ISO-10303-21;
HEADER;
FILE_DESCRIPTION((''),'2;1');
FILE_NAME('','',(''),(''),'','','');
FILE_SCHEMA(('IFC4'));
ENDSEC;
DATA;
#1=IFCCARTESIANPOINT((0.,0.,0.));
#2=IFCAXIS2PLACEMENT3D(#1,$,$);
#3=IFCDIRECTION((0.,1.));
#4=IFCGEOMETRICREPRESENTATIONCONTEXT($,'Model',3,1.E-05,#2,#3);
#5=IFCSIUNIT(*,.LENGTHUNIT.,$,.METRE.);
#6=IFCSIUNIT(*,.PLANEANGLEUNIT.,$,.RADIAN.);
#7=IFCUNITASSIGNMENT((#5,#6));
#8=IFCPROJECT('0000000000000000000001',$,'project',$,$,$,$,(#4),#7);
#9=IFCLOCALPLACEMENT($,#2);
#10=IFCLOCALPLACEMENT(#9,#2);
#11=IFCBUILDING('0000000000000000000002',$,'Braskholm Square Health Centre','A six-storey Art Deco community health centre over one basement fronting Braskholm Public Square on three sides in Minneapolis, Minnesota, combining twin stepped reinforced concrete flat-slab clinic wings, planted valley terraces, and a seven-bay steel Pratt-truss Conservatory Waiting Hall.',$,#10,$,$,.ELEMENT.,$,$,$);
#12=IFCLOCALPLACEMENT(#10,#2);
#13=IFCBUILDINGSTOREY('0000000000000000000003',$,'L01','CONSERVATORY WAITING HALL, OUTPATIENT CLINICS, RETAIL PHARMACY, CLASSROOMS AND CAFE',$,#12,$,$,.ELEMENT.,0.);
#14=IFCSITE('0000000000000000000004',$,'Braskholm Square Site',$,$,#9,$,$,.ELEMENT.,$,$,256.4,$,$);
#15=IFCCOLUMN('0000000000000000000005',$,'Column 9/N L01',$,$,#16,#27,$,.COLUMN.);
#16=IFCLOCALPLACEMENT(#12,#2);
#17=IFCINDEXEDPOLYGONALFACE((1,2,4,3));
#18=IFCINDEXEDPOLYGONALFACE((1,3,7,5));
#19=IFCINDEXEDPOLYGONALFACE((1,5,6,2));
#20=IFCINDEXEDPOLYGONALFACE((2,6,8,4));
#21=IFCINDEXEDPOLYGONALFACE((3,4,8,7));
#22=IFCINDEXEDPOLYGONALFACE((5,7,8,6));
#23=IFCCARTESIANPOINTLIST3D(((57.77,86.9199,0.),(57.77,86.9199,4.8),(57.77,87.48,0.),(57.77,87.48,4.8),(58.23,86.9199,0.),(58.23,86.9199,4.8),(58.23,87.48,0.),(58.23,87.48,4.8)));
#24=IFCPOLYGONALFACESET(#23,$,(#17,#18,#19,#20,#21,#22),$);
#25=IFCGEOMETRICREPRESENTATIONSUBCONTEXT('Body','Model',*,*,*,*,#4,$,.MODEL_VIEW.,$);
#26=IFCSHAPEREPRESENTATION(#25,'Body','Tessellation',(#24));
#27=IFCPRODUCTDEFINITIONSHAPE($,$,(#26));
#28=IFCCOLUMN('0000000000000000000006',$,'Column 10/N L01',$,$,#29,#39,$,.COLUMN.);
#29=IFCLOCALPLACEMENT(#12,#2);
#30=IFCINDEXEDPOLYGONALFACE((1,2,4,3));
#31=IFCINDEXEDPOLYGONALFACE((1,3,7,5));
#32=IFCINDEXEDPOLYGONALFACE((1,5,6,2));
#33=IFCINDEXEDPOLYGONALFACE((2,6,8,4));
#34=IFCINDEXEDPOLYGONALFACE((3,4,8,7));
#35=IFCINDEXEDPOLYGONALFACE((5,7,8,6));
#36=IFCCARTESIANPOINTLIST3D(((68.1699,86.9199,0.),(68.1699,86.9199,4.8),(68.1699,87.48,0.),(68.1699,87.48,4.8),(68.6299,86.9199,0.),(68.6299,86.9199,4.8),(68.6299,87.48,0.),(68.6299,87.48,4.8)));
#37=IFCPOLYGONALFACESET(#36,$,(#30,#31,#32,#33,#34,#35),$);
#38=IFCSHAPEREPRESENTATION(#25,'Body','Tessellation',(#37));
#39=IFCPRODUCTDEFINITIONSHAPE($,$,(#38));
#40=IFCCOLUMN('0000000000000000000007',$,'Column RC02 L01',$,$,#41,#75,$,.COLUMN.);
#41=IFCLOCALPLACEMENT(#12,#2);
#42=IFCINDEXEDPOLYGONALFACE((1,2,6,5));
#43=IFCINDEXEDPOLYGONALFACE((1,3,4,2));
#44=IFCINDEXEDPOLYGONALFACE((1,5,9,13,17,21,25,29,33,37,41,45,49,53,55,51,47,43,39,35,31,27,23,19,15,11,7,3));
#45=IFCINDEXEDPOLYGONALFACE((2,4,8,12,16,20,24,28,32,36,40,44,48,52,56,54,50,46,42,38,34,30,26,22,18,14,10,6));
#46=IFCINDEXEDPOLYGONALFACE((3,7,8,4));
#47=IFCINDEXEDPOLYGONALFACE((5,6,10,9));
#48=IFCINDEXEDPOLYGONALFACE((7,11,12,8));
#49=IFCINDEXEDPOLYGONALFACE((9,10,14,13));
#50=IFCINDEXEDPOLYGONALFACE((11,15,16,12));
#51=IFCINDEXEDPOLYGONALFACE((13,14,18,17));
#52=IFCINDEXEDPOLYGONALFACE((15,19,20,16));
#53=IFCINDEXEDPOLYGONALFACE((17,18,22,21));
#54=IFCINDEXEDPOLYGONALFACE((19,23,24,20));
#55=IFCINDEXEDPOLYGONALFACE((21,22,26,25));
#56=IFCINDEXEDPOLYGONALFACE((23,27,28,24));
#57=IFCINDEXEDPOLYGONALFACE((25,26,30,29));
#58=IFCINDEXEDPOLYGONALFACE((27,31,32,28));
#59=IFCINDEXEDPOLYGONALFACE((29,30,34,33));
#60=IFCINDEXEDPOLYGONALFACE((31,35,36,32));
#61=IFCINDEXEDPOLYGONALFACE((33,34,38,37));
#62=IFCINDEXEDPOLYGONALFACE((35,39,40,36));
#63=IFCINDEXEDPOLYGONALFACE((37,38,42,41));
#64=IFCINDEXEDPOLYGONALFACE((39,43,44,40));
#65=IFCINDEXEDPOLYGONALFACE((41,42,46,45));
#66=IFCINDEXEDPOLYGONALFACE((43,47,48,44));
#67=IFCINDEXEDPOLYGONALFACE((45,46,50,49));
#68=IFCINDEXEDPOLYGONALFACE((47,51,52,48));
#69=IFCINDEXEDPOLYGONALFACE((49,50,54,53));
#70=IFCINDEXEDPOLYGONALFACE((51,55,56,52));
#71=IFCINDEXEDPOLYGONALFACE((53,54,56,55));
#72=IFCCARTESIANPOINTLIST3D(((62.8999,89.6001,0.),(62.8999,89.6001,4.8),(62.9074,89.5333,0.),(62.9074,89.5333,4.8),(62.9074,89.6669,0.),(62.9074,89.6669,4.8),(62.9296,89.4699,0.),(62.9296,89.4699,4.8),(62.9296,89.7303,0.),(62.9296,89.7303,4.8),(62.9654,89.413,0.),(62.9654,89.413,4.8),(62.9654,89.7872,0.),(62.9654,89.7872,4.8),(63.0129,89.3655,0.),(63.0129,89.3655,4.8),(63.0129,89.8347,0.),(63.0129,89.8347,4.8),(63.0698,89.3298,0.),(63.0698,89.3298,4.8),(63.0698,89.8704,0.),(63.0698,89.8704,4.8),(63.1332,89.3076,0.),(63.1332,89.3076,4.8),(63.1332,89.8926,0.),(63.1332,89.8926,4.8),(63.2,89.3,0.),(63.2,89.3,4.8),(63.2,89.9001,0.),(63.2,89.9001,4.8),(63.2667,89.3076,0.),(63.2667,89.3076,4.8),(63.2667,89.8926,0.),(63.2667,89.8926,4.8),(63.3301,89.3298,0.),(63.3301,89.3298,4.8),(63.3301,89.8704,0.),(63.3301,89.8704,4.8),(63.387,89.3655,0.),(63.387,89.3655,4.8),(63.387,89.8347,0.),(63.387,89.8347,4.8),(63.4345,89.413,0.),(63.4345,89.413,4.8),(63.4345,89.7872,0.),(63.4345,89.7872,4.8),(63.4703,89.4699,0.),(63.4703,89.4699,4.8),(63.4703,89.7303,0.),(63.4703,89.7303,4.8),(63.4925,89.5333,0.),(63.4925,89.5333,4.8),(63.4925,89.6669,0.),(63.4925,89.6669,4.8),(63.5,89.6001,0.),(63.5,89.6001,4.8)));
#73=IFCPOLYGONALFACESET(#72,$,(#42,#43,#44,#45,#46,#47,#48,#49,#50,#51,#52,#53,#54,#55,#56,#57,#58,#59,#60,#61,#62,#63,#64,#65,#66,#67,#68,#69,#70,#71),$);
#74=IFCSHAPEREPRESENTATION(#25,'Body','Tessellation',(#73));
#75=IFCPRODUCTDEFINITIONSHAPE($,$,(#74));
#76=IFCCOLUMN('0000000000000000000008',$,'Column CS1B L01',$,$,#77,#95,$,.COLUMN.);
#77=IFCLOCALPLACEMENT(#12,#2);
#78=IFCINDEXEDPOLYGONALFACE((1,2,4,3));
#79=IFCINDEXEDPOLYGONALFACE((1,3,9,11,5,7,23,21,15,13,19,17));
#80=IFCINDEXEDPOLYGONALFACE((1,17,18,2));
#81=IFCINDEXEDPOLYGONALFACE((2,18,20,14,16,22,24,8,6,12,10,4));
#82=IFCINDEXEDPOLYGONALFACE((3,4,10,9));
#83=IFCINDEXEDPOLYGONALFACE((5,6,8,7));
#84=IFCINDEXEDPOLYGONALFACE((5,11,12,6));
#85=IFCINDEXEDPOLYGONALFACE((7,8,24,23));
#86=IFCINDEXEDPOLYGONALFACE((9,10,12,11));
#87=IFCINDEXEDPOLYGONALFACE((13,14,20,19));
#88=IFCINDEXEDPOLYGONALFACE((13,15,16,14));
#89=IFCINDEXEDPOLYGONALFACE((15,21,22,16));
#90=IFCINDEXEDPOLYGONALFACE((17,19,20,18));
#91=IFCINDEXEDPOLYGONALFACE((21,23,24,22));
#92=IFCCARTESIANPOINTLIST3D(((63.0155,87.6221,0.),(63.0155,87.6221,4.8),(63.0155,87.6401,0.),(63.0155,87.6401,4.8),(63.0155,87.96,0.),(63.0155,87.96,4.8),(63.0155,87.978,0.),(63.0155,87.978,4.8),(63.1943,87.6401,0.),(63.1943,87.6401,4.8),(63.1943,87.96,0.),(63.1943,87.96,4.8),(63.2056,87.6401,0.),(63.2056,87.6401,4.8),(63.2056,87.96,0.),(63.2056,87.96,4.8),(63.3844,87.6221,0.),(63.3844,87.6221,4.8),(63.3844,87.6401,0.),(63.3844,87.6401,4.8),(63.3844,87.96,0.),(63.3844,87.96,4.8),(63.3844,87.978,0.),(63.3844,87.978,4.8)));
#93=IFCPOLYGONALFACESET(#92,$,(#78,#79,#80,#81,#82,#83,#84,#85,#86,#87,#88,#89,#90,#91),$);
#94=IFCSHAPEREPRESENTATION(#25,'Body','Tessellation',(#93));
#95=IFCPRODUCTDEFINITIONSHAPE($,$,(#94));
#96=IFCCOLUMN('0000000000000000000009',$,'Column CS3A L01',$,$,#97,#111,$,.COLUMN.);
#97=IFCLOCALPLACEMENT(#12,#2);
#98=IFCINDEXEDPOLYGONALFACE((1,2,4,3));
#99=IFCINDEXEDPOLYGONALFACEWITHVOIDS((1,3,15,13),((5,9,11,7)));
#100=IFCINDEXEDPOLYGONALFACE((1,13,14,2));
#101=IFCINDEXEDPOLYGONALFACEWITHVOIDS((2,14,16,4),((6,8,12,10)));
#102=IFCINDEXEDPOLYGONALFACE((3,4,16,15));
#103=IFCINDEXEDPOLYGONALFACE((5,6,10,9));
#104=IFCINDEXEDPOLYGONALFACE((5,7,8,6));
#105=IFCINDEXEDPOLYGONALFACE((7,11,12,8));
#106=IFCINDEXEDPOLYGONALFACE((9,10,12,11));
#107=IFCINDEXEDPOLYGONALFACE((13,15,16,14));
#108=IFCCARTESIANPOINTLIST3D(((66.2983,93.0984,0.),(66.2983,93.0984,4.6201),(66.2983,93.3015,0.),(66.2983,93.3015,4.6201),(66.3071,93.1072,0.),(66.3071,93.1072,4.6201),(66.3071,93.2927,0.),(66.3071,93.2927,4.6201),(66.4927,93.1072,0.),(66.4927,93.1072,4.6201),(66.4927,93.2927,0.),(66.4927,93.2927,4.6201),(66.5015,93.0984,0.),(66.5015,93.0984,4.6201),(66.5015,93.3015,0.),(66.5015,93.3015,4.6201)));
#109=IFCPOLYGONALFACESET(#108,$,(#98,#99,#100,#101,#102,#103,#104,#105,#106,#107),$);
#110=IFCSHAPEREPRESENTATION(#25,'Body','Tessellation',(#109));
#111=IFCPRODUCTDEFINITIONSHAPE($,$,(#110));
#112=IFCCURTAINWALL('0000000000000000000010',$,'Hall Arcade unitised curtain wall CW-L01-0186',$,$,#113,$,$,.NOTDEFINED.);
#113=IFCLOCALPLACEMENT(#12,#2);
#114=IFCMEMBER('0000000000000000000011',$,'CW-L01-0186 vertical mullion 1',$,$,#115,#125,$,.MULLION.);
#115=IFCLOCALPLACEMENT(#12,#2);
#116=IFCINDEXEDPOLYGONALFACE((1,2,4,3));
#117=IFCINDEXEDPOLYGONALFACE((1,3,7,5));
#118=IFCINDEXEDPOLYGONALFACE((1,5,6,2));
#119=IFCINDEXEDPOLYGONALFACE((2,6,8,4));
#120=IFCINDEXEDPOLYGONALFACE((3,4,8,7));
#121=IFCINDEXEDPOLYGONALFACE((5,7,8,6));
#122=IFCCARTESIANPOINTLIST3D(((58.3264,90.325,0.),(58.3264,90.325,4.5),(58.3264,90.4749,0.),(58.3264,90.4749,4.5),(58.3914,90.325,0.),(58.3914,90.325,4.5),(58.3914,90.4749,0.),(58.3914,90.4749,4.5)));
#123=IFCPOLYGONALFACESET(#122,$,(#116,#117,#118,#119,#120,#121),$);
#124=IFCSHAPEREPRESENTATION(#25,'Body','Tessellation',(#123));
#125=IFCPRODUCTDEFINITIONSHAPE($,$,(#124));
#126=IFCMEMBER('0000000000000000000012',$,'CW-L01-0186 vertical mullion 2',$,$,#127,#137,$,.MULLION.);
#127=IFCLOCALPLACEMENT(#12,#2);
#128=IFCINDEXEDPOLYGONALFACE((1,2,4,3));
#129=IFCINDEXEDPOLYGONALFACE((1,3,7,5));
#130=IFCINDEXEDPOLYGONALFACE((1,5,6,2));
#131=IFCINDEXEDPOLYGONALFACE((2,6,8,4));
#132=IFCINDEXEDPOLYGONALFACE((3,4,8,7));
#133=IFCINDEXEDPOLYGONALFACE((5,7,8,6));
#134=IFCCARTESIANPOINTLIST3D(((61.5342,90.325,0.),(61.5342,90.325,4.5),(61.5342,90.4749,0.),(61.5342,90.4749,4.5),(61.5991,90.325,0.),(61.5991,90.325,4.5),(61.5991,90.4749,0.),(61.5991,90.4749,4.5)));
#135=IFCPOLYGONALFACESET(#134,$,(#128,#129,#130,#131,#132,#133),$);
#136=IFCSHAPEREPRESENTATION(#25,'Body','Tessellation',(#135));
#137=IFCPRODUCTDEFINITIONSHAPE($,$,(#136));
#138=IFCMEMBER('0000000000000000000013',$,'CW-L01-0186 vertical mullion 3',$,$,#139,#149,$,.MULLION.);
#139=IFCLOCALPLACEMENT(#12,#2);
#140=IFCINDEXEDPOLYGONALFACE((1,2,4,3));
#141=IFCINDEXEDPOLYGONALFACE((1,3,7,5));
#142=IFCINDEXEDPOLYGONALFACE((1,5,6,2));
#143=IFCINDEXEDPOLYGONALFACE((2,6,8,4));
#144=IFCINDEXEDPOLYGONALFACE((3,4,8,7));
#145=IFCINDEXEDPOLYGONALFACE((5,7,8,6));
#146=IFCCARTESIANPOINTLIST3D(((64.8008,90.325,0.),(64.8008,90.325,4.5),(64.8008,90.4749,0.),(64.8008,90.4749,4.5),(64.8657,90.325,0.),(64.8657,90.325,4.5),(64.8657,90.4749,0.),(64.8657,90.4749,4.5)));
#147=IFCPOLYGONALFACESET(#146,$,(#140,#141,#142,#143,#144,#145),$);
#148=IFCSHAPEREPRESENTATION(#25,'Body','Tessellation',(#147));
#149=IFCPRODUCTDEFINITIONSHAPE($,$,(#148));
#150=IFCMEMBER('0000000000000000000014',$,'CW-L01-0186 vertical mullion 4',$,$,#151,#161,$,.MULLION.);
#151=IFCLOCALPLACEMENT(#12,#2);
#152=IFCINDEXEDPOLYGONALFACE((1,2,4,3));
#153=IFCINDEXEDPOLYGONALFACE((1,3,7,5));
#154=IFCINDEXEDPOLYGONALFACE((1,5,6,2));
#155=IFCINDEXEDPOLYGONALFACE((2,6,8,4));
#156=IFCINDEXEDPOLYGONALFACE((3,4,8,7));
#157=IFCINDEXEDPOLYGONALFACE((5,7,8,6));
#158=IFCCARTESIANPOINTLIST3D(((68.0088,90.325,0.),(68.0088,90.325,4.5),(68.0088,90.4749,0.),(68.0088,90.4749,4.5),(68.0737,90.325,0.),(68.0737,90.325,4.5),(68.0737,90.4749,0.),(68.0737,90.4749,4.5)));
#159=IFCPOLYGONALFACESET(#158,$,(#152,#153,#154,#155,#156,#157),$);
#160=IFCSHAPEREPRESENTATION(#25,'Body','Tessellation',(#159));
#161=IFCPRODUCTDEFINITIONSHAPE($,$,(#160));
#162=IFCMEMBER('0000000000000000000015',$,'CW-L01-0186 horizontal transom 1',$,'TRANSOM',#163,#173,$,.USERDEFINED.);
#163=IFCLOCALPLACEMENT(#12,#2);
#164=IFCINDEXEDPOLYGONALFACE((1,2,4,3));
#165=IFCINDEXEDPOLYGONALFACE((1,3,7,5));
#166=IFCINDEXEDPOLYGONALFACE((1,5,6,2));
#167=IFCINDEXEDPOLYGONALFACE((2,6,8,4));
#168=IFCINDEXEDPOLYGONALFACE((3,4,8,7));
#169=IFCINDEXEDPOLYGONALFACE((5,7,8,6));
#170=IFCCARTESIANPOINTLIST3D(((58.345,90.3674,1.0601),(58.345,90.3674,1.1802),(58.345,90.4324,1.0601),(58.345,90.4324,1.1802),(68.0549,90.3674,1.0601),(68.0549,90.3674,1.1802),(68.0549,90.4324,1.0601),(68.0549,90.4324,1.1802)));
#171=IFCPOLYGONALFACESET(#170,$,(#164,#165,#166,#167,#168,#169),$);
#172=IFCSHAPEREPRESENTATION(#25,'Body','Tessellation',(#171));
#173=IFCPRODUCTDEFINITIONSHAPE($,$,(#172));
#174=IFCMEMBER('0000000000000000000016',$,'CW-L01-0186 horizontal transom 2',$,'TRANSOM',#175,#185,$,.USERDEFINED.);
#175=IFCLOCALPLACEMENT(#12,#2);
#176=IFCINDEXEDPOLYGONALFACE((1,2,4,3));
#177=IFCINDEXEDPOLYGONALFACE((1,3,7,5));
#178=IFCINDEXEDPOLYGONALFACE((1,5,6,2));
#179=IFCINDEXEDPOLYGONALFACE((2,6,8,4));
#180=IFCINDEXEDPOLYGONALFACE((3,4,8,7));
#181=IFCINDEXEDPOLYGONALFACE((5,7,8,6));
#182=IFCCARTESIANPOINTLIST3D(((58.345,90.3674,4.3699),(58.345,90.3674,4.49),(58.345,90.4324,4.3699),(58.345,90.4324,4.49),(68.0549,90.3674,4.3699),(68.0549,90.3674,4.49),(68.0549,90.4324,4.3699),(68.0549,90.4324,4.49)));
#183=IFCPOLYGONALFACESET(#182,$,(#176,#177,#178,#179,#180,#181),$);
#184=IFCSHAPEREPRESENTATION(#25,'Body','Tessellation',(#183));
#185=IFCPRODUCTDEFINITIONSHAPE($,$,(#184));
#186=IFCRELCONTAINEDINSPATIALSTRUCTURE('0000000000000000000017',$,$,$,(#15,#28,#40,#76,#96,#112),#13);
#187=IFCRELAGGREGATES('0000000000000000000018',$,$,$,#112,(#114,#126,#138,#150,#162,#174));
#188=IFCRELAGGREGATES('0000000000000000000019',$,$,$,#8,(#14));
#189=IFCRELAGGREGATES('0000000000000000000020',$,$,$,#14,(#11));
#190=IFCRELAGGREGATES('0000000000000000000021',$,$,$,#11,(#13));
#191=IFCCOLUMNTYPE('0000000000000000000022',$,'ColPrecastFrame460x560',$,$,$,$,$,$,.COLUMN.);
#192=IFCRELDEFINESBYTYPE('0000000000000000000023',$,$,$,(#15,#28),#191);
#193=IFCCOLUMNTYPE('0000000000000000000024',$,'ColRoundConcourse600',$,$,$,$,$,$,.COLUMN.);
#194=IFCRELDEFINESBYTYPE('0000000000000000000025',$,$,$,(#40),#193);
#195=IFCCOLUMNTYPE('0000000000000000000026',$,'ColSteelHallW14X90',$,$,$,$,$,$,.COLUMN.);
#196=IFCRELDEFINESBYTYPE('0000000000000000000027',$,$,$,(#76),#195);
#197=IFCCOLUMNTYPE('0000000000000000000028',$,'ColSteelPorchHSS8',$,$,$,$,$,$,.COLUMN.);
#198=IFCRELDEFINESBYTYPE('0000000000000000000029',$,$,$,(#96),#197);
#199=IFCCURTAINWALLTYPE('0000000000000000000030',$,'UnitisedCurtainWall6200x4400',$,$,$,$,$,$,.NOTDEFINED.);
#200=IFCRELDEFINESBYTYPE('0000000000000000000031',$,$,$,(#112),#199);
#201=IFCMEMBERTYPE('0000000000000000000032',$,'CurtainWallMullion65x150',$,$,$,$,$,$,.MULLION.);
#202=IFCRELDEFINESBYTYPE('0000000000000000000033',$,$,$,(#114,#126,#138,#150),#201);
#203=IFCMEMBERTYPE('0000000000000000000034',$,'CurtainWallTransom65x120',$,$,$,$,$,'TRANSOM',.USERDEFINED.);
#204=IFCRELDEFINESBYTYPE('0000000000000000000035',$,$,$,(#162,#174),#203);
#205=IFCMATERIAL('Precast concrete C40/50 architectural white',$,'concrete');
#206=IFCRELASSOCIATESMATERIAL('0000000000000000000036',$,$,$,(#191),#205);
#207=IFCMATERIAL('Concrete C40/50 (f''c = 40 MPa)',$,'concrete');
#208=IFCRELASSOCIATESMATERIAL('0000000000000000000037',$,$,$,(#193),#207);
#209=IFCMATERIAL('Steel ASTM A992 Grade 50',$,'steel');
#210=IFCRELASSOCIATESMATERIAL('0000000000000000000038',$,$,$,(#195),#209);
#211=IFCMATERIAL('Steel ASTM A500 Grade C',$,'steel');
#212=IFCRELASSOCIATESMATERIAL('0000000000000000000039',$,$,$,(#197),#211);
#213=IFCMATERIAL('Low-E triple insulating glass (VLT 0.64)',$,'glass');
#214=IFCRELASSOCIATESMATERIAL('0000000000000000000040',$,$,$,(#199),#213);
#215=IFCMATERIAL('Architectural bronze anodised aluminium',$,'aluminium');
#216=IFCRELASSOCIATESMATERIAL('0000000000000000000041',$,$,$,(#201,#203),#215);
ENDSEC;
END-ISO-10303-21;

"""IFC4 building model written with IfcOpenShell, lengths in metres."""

from ifc_helpers import new_model, si_unit, direction, frame, origin, origin_2d, place, context, subcontext, project, spatial, rectangle, hollow_rectangle, circle, i_section, extrude, material, material_profile, profile_set, type_object, element, aggregate, save


model = new_model("IFC4")

# Units and contexts
model_context = context("Model", 3, precision=1e-05, world=origin(), true_north=direction((0.0, 1.0)))
body_context = subcontext(model_context, "Body", "Model", "MODEL_VIEW")
ifc_project = project(units=[si_unit("LENGTHUNIT", "METRE"), si_unit("PLANEANGLEUNIT", "RADIAN")], contexts=[model_context])

# Site, building, storey
site_placement = place(None, origin())
site = spatial("IfcSite", under=ifc_project, at=site_placement, Name="Braskholm Square Site", CompositionType="ELEMENT", RefElevation=256.4)
building_placement = place(site_placement, origin())
building = spatial("IfcBuilding", under=site, at=building_placement, Name="Braskholm Square Health Centre", Description="A six-storey Art Deco community health centre over one basement fronting Braskholm Public Square on three sides in Minneapolis, Minnesota, combining twin stepped reinforced concrete flat-slab clinic wings, planted valley terraces, and a seven-bay steel Pratt-truss Conservatory Waiting Hall.", CompositionType="ELEMENT")
storey_placement = place(building_placement, origin())
storey = spatial("IfcBuildingStorey", under=building, at=storey_placement, Name="L01", Description="CONSERVATORY WAITING HALL, OUTPATIENT CLINICS, RETAIL PHARMACY, CLASSROOMS AND CAFE", CompositionType="ELEMENT", Elevation=0.0)

# Columns
ifc_material_1 = material(Name="Precast concrete C40/50 architectural white", Category="concrete")
ifc_material_profile_1 = material_profile(ifc_material_1, rectangle(XDim=0.46, YDim=0.5601, at=origin_2d()), Name="RC-460X560")
ifc_profile_set_1 = profile_set([ifc_material_profile_1], Name="Precast concrete C40/50 architectural white")
column_type_1 = type_object("IfcColumnType", Name="ColPrecastFrame460x560", PredefinedType="COLUMN", material=ifc_profile_set_1)
for number, where, z_axis, x_axis, name in (
    (1, (58.0, 87.2, 0.0), (0.0, 0.0, 1.0), (1.0, 0.0, 0.0), "Column 9/N L01"),
    (2, (68.3999, 87.2, 0.0), (0.0, 0.0, 1.0), (1.0, 0.0, 0.0), "Column 10/N L01"),
):
    element("IfcColumn", number, at=place(storey_placement, frame(where, z_axis=z_axis, x_axis=x_axis)), inside=storey, type_object=column_type_1, Name=name, PredefinedType="COLUMN", context=body_context, shape_type="SweptSolid", body=[
        extrude(rectangle(XDim=0.46, YDim=0.5601, at=origin_2d()), origin(), (0.0, 0.0, 1.0), 4.8),
    ])
ifc_material_2 = material(Name="Concrete C40/50 (f'c = 40 MPa)", Category="concrete")
ifc_material_profile_2 = material_profile(ifc_material_2, circle(Radius=0.3, at=origin_2d()), Name="RC-RND-600")
ifc_profile_set_2 = profile_set([ifc_material_profile_2], Name="Concrete C40/50 (f'c = 40 MPa)")
column_type_2 = type_object("IfcColumnType", Name="ColRoundConcourse600", PredefinedType="COLUMN", material=ifc_profile_set_2)
column_1_placement = place(storey_placement, frame((63.2, 89.6001, 0.0), z_axis=(0.0, 0.0, 1.0), x_axis=(1.0, 0.0, 0.0)))
element("IfcColumn", 3, at=column_1_placement, inside=storey, type_object=column_type_2, Name="Column RC02 L01", PredefinedType="COLUMN", context=body_context, shape_type="SweptSolid", body=[
    extrude(circle(Radius=0.3, at=origin_2d()), origin(), (0.0, 0.0, 1.0), 4.8),
])
ifc_material_3 = material(Name="Steel ASTM A992 Grade 50", Category="steel")
ifc_material_profile_3 = material_profile(ifc_material_3, i_section(OverallWidth=0.3689, OverallDepth=0.356, WebThickness=0.0112, FlangeThickness=0.0181, at=origin_2d()), Name="W14X90")
ifc_profile_set_3 = profile_set([ifc_material_profile_3], Name="Steel ASTM A992 Grade 50")
column_type_3 = type_object("IfcColumnType", Name="ColSteelHallW14X90", PredefinedType="COLUMN", material=ifc_profile_set_3)
column_2_placement = place(storey_placement, frame((63.2, 87.8, 0.0), z_axis=(0.0, 0.0, 1.0), x_axis=(1.0, 0.0, 0.0)))
element("IfcColumn", 4, at=column_2_placement, inside=storey, type_object=column_type_3, Name="Column CS1B L01", PredefinedType="COLUMN", context=body_context, shape_type="SweptSolid", body=[
    extrude(i_section(OverallWidth=0.3689, OverallDepth=0.356, WebThickness=0.0112, FlangeThickness=0.0181, at=origin_2d()), origin(), (0.0, 0.0, 1.0), 4.8),
])
ifc_material_4 = material(Name="Steel ASTM A500 Grade C", Category="steel")
ifc_material_profile_4 = material_profile(ifc_material_4, hollow_rectangle(XDim=0.2031, YDim=0.2031, WallThickness=0.0088, at=origin_2d()), Name="HSS8X8X3/8")
ifc_profile_set_4 = profile_set([ifc_material_profile_4], Name="Steel ASTM A500 Grade C")
column_type_4 = type_object("IfcColumnType", Name="ColSteelPorchHSS8", PredefinedType="COLUMN", material=ifc_profile_set_4)
column_3_placement = place(storey_placement, frame((66.3999, 93.2, 0.0), z_axis=(0.0, 0.0, 1.0), x_axis=(1.0, 0.0, 0.0)))
element("IfcColumn", 5, at=column_3_placement, inside=storey, type_object=column_type_4, Name="Column CS3A L01", PredefinedType="COLUMN", context=body_context, shape_type="SweptSolid", body=[
    extrude(hollow_rectangle(XDim=0.2031, YDim=0.2031, WallThickness=0.0088, at=origin_2d()), origin(), (0.0, 0.0, 1.0), 4.6201),
])

# Curtain wall, members
ifc_material_5 = material(Name="Low-E triple insulating glass (VLT 0.64)", Category="glass")
curtain_wall_type = type_object("IfcCurtainWallType", Name="UnitisedCurtainWall6200x4400", PredefinedType="NOTDEFINED", material=ifc_material_5)
curtain_wall_placement = place(storey_placement, origin())
curtain_wall = element("IfcCurtainWall", 6, at=curtain_wall_placement, inside=storey, type_object=curtain_wall_type, Name="Hall Arcade unitised curtain wall CW-L01-0186", PredefinedType="NOTDEFINED")
ifc_material_6 = material(Name="Architectural bronze anodised aluminium", Category="aluminium")
ifc_material_profile_5 = material_profile(ifc_material_6, rectangle(XDim=0.0649, YDim=0.1499, at=origin_2d()), Name="ALU-65X150")
ifc_profile_set_5 = profile_set([ifc_material_profile_5], Name="Architectural bronze anodised aluminium")
member_type_1 = type_object("IfcMemberType", Name="CurtainWallMullion65x150", PredefinedType="MULLION", material=ifc_profile_set_5)
member_1_placement = place(storey_placement, frame((58.3589, 90.3999, 0.0), z_axis=(0.0, 0.0, 1.0), x_axis=(1.0, 0.0, 0.0)))
member_1 = element("IfcMember", 7, at=member_1_placement, type_object=member_type_1, Name="CW-L01-0186 vertical mullion 1", PredefinedType="MULLION", context=body_context, shape_type="SweptSolid", body=[
    extrude(rectangle(XDim=0.0649, YDim=0.1499, at=origin_2d()), origin(), (0.0, 0.0, 1.0), 4.5),
])
member_2_placement = place(storey_placement, frame((61.5667, 90.3999, 0.0), z_axis=(0.0, 0.0, 1.0), x_axis=(1.0, 0.0, 0.0)))
member_2 = element("IfcMember", 8, at=member_2_placement, type_object=member_type_1, Name="CW-L01-0186 vertical mullion 2", PredefinedType="MULLION", context=body_context, shape_type="SweptSolid", body=[
    extrude(rectangle(XDim=0.0649, YDim=0.1499, at=origin_2d()), origin(), (0.0, 0.0, 1.0), 4.5),
])
member_3_placement = place(storey_placement, frame((64.8333, 90.3999, 0.0), z_axis=(0.0, 0.0, 1.0), x_axis=(1.0, 0.0, 0.0)))
member_3 = element("IfcMember", 9, at=member_3_placement, type_object=member_type_1, Name="CW-L01-0186 vertical mullion 3", PredefinedType="MULLION", context=body_context, shape_type="SweptSolid", body=[
    extrude(rectangle(XDim=0.0649, YDim=0.1499, at=origin_2d()), origin(), (0.0, 0.0, 1.0), 4.5),
])
member_4_placement = place(storey_placement, frame((68.0413, 90.3999, 0.0), z_axis=(0.0, 0.0, 1.0), x_axis=(1.0, 0.0, 0.0)))
member_4 = element("IfcMember", 10, at=member_4_placement, type_object=member_type_1, Name="CW-L01-0186 vertical mullion 4", PredefinedType="MULLION", context=body_context, shape_type="SweptSolid", body=[
    extrude(rectangle(XDim=0.0649, YDim=0.1499, at=origin_2d()), origin(), (0.0, 0.0, 1.0), 4.5),
])
ifc_material_profile_6 = material_profile(ifc_material_6, rectangle(XDim=0.0649, YDim=0.1201, at=origin_2d()), Name="ALU-65X120")
ifc_profile_set_6 = profile_set([ifc_material_profile_6], Name="Architectural bronze anodised aluminium")
member_type_2 = type_object("IfcMemberType", Name="CurtainWallTransom65x120", ElementType="TRANSOM", PredefinedType="USERDEFINED", material=ifc_profile_set_6)
member_5_placement = place(storey_placement, frame((58.345, 90.3999, 1.1201), z_axis=(1.0, 0.0, 0.0), x_axis=(0.0, 1.0, 0.0)))
member_5 = element("IfcMember", 11, at=member_5_placement, type_object=member_type_2, Name="CW-L01-0186 horizontal transom 1", ObjectType="TRANSOM", PredefinedType="USERDEFINED", context=body_context, shape_type="SweptSolid", body=[
    extrude(rectangle(XDim=0.0649, YDim=0.1201, at=origin_2d()), origin(), (0.0, 0.0, 1.0), 9.71),
])
member_6_placement = place(storey_placement, frame((58.345, 90.3999, 4.4299), z_axis=(1.0, 0.0, 0.0), x_axis=(0.0, 1.0, 0.0)))
member_6 = element("IfcMember", 12, at=member_6_placement, type_object=member_type_2, Name="CW-L01-0186 horizontal transom 2", ObjectType="TRANSOM", PredefinedType="USERDEFINED", context=body_context, shape_type="SweptSolid", body=[
    extrude(rectangle(XDim=0.0649, YDim=0.1201, at=origin_2d()), origin(), (0.0, 0.0, 1.0), 9.71),
])

aggregate(curtain_wall, [member_1, member_2, member_3, member_4, member_5, member_6])

save(model, "model.ifc")
